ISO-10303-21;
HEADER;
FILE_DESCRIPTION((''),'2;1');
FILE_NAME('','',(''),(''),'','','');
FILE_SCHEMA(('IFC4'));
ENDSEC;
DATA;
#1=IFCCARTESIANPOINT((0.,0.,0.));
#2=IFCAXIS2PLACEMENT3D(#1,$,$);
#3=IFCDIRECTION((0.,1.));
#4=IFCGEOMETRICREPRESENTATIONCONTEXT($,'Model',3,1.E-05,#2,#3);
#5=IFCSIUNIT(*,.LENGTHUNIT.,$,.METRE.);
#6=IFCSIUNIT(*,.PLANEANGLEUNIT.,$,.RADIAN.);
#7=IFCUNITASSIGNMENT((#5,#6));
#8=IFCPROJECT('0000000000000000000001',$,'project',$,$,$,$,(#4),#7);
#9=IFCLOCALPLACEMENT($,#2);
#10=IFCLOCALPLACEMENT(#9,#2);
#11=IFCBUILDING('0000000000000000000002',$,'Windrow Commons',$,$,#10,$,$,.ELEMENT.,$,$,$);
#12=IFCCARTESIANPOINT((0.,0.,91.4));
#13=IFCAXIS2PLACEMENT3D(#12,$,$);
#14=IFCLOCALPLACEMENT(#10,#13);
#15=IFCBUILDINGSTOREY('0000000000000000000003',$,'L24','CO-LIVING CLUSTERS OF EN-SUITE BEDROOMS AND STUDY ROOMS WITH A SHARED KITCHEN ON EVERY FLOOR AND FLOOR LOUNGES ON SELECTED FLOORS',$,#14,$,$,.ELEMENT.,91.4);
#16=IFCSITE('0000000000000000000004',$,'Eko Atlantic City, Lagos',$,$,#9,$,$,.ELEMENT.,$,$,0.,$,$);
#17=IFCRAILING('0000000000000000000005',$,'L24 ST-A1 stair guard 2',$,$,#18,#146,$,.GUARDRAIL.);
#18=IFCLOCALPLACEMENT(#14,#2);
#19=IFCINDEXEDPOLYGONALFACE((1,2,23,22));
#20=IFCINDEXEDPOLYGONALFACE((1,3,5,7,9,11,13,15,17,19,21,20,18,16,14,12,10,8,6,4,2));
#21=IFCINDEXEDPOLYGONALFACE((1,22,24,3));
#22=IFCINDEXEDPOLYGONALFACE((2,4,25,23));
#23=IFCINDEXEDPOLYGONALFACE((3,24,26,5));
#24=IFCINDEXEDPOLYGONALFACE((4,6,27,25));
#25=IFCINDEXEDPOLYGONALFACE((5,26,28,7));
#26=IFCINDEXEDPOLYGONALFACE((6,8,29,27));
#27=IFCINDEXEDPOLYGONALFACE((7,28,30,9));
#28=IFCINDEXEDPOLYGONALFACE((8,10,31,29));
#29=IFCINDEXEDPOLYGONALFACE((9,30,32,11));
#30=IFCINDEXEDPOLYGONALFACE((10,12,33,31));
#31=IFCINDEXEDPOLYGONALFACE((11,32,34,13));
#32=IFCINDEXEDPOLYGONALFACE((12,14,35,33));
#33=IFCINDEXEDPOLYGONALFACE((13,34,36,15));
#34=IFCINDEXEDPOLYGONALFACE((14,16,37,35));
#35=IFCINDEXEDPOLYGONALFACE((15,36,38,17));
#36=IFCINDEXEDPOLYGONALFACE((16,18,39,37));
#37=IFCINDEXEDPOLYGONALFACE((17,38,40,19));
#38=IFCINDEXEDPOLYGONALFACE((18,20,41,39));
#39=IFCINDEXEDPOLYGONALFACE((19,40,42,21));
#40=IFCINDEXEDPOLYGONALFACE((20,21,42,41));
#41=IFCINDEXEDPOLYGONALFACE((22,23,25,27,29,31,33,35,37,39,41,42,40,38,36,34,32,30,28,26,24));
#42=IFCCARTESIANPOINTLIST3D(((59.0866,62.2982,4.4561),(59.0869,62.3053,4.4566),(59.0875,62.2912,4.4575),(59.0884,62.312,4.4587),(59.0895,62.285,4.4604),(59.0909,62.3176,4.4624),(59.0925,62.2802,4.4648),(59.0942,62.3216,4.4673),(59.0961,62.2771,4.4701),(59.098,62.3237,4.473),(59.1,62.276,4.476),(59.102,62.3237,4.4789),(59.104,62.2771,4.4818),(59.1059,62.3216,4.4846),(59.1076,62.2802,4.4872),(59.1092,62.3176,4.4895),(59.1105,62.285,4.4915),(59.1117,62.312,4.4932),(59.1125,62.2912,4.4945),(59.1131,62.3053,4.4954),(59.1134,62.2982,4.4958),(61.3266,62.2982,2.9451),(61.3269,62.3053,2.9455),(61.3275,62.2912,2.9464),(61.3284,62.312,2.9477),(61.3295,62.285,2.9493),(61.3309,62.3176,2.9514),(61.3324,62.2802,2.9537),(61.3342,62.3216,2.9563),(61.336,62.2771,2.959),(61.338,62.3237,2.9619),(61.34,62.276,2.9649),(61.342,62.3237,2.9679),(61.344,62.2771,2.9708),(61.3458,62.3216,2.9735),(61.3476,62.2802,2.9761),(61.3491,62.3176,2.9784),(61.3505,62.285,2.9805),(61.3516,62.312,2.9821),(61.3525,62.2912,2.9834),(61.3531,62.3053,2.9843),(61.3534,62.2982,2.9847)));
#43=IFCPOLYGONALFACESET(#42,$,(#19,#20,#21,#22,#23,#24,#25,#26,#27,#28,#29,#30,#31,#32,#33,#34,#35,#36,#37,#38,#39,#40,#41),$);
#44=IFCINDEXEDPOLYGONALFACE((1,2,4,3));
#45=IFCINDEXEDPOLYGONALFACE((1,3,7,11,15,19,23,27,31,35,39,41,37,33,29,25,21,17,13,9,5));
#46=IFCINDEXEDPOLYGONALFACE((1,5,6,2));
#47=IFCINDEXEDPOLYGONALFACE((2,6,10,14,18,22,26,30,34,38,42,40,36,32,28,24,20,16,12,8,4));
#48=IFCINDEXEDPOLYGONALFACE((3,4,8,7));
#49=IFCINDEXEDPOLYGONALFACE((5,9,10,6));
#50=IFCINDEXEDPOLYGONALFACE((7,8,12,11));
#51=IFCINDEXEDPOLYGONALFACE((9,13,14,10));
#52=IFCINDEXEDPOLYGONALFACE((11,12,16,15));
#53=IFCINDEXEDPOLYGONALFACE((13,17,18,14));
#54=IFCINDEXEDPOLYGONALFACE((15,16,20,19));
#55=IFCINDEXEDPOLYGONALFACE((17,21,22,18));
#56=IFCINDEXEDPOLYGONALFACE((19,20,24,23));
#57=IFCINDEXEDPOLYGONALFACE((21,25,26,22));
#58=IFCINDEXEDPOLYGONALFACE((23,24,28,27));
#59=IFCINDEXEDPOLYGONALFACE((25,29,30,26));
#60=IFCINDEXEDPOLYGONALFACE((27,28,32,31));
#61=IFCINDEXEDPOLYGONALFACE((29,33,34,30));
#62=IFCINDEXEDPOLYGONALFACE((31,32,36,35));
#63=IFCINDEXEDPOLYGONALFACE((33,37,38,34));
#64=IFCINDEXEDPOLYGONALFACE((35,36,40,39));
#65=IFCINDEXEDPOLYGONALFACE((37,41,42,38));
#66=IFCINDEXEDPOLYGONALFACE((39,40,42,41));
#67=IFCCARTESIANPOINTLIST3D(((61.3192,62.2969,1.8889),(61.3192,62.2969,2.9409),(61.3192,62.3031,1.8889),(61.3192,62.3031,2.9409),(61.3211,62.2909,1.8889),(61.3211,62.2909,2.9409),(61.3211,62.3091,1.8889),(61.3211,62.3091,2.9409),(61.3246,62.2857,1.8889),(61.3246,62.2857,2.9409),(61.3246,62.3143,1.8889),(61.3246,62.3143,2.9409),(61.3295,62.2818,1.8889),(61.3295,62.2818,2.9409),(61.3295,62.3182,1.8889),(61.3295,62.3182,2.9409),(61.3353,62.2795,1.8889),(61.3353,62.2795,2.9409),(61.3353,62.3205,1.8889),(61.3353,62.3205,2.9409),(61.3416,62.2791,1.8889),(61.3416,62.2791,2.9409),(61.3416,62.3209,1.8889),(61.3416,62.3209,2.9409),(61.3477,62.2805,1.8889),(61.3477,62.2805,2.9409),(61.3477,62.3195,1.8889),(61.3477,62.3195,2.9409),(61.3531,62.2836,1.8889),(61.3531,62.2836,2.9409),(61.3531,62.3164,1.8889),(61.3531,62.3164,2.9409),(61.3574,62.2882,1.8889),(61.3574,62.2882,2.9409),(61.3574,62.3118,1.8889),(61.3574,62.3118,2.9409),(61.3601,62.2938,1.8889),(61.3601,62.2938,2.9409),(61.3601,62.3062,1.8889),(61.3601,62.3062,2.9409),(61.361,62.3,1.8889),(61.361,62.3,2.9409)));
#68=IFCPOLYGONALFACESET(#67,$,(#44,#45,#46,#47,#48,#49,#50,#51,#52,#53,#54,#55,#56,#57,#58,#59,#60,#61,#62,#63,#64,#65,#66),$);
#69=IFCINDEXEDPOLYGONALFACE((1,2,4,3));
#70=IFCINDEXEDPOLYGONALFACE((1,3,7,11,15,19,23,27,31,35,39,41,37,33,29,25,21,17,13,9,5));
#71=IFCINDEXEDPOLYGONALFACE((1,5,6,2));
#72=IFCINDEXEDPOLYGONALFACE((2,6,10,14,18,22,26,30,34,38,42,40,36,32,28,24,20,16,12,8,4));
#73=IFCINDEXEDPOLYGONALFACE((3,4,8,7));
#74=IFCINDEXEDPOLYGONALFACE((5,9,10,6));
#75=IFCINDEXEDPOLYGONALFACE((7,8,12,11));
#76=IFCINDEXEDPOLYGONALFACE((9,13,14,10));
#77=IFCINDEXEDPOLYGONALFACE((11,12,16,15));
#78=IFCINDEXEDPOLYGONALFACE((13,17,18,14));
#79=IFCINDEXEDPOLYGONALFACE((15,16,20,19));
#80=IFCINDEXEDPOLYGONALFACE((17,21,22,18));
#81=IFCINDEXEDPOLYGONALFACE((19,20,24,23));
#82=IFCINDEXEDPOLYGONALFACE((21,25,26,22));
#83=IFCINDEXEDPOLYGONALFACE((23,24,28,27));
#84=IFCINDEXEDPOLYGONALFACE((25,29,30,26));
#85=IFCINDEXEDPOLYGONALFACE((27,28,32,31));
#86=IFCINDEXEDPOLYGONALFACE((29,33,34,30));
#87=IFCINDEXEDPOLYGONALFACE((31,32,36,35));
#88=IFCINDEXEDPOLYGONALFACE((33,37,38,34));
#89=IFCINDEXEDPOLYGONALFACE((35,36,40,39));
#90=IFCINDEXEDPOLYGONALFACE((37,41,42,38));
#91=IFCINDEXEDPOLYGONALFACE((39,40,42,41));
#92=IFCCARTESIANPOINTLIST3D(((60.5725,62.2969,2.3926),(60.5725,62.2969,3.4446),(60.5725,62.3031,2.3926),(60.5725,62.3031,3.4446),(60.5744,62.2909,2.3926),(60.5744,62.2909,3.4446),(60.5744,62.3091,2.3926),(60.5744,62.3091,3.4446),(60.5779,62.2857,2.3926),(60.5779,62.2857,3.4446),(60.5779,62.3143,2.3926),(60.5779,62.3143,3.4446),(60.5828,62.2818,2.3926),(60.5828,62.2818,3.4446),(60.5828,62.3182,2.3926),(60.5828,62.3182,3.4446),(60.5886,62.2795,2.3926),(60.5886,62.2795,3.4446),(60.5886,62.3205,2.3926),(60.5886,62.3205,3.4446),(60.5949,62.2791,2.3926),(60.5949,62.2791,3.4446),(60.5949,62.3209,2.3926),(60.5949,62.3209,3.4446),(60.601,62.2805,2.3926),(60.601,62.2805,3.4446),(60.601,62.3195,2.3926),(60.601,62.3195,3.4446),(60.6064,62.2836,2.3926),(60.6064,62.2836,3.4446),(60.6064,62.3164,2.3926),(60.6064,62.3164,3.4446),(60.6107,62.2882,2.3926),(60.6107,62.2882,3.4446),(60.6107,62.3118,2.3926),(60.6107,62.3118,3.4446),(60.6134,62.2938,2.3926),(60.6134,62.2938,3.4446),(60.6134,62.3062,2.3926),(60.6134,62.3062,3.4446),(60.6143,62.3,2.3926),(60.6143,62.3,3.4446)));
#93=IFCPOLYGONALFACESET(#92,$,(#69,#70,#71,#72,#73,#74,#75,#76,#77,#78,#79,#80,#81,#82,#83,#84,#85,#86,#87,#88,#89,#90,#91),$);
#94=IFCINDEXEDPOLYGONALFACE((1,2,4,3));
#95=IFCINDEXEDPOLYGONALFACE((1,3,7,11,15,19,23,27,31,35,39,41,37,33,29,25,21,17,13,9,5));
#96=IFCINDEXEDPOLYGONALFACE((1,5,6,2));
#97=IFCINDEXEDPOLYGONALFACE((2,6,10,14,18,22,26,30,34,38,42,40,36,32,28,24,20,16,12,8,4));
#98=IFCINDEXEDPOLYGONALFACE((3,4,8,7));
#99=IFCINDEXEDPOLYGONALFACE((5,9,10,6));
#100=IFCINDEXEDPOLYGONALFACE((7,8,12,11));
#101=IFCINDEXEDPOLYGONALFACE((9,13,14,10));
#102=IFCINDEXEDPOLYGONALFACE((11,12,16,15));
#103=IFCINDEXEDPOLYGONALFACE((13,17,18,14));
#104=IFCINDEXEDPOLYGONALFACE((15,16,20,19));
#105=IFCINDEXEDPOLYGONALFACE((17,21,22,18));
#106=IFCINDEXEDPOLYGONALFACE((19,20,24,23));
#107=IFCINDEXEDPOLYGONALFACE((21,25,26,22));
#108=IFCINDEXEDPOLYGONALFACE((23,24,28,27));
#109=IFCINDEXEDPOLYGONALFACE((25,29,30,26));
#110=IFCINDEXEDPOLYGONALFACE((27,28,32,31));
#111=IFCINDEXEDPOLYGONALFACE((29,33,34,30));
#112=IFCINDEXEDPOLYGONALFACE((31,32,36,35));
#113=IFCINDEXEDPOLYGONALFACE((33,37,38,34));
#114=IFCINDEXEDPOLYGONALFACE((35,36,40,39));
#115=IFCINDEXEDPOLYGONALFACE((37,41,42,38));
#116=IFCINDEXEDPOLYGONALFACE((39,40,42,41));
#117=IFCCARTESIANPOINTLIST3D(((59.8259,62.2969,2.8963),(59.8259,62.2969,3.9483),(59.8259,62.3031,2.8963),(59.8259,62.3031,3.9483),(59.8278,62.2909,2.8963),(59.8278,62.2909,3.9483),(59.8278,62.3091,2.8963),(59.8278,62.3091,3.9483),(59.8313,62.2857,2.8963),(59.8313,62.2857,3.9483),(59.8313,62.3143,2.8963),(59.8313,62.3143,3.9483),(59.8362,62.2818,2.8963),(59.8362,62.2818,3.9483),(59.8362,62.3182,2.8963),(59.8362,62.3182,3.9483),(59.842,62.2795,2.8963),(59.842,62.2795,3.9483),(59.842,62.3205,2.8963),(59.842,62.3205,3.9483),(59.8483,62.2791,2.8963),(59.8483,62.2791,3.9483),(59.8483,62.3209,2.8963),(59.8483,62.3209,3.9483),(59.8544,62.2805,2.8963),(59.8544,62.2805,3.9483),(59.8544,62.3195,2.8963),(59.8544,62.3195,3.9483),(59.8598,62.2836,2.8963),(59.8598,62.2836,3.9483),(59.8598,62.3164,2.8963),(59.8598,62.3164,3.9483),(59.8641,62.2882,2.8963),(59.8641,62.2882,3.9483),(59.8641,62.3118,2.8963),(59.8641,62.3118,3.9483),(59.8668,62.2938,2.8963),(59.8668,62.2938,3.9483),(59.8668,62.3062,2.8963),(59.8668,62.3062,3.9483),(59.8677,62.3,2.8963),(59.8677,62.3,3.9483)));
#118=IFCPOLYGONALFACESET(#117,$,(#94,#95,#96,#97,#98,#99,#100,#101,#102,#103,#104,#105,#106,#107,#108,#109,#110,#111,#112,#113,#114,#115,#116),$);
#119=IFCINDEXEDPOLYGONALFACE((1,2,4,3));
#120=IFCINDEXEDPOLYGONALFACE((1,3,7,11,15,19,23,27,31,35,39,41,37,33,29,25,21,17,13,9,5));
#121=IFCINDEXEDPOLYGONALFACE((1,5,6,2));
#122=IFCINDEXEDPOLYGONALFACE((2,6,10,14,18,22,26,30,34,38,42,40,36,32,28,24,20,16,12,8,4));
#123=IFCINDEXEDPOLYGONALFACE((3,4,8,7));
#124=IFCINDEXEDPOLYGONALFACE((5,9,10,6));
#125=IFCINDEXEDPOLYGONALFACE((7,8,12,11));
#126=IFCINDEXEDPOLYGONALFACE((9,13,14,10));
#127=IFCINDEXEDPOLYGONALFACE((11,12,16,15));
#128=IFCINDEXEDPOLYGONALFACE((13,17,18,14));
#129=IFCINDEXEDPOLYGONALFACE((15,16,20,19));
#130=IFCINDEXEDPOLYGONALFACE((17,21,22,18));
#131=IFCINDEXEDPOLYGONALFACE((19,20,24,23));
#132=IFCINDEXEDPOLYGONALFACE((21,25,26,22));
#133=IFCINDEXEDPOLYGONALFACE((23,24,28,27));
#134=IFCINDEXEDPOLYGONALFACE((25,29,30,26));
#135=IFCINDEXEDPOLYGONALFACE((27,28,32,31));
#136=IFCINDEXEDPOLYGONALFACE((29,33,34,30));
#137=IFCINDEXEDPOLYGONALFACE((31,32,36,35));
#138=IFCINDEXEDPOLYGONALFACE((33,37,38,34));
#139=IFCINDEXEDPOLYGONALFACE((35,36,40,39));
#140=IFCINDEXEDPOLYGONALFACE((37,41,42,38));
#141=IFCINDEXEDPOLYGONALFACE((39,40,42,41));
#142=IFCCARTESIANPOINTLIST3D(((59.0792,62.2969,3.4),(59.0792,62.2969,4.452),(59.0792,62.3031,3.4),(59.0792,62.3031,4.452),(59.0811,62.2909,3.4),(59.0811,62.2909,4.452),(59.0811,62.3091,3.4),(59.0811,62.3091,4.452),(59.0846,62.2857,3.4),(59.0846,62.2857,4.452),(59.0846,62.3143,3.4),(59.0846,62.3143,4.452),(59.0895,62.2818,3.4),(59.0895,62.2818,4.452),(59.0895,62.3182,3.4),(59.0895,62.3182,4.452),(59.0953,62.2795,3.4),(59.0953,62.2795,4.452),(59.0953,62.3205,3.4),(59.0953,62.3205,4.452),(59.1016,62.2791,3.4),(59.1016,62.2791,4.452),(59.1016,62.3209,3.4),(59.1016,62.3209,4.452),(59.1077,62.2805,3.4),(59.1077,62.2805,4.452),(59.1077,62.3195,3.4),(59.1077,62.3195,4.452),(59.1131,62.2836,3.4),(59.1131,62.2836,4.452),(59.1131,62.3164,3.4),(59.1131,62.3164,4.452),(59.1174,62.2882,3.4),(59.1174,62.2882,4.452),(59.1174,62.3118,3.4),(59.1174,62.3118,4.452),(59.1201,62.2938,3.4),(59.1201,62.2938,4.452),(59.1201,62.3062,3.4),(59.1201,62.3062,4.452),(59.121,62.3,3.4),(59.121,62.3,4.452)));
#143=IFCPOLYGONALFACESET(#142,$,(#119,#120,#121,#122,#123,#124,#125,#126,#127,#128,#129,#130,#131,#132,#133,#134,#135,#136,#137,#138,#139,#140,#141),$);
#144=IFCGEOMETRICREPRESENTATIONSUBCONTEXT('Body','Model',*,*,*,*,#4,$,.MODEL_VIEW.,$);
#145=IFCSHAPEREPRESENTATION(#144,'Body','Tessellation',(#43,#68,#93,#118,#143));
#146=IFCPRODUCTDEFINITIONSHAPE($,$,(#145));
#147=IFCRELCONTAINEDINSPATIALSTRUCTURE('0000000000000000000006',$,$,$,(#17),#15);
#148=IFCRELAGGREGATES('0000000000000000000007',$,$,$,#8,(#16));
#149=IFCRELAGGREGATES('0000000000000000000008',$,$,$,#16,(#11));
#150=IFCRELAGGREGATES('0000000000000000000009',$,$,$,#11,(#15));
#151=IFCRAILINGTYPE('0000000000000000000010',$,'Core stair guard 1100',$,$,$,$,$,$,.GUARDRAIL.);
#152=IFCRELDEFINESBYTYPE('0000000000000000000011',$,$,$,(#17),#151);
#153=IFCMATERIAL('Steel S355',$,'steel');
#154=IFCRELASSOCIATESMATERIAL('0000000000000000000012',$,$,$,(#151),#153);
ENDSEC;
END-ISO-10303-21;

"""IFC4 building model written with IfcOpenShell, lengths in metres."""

from ifc_helpers import new_model, si_unit, direction, frame, origin, origin_2d, place, context, subcontext, project, spatial, circle, extrude, material, type_object, element, save


model = new_model("IFC4")

# Units and contexts
model_context = context("Model", 3, precision=1e-05, world=origin(), true_north=direction((0.0, 1.0)))
body_context = subcontext(model_context, "Body", "Model", "MODEL_VIEW")
ifc_project = project(units=[si_unit("LENGTHUNIT", "METRE"), si_unit("PLANEANGLEUNIT", "RADIAN")], contexts=[model_context])

# Site, building, storey
site_placement = place(None, origin())
site = spatial("IfcSite", under=ifc_project, at=site_placement, Name="Eko Atlantic City, Lagos", CompositionType="ELEMENT", RefElevation=0.0)
building_placement = place(site_placement, origin())
building = spatial("IfcBuilding", under=site, at=building_placement, Name="Windrow Commons", CompositionType="ELEMENT")
storey_placement = place(building_placement, frame((0.0, 0.0, 91.4)))
storey = spatial("IfcBuildingStorey", under=building, at=storey_placement, Name="L24", Description="CO-LIVING CLUSTERS OF EN-SUITE BEDROOMS AND STUDY ROOMS WITH A SHARED KITCHEN ON EVERY FLOOR AND FLOOR LOUNGES ON SELECTED FLOORS", CompositionType="ELEMENT", Elevation=91.4)

# Railing
ifc_material_1 = material(Name="Steel S355", Category="steel")
railing_type_1 = type_object("IfcRailingType", Name="Core stair guard 1100", PredefinedType="GUARDRAIL", material=ifc_material_1)
railing_1_placement = place(storey_placement, frame((61.34, 62.3, 1.8889)))
element("IfcRailing", 1, at=railing_1_placement, inside=storey, type_object=railing_type_1, Name="L24 ST-A1 stair guard 2", PredefinedType="GUARDRAIL", context=body_context, shape_type="SweptSolid", body=[
    extrude(circle(Radius=0.024, at=origin_2d()), frame((0.0, 0.0, 1.076), z_axis=(-0.829003, 0.0, 0.559244), x_axis=(0.0, -1.0, 0.0)), (0.0, 0.0, 1.0), 2.702),
    extrude(circle(Radius=0.021, at=origin_2d()), origin(), (0.0, 0.0, 1.0), 1.052),
    extrude(circle(Radius=0.021, at=origin_2d()), frame((-0.7467, 0.0, 0.5037)), (0.0, 0.0, 1.0), 1.052),
    extrude(circle(Radius=0.021, at=origin_2d()), frame((-1.4933, 0.0, 1.0074)), (0.0, 0.0, 1.0), 1.052),
    extrude(circle(Radius=0.021, at=origin_2d()), frame((-2.24, 0.0, 1.5111)), (0.0, 0.0, 1.0), 1.052),
])

save(model, "model.ifc")
